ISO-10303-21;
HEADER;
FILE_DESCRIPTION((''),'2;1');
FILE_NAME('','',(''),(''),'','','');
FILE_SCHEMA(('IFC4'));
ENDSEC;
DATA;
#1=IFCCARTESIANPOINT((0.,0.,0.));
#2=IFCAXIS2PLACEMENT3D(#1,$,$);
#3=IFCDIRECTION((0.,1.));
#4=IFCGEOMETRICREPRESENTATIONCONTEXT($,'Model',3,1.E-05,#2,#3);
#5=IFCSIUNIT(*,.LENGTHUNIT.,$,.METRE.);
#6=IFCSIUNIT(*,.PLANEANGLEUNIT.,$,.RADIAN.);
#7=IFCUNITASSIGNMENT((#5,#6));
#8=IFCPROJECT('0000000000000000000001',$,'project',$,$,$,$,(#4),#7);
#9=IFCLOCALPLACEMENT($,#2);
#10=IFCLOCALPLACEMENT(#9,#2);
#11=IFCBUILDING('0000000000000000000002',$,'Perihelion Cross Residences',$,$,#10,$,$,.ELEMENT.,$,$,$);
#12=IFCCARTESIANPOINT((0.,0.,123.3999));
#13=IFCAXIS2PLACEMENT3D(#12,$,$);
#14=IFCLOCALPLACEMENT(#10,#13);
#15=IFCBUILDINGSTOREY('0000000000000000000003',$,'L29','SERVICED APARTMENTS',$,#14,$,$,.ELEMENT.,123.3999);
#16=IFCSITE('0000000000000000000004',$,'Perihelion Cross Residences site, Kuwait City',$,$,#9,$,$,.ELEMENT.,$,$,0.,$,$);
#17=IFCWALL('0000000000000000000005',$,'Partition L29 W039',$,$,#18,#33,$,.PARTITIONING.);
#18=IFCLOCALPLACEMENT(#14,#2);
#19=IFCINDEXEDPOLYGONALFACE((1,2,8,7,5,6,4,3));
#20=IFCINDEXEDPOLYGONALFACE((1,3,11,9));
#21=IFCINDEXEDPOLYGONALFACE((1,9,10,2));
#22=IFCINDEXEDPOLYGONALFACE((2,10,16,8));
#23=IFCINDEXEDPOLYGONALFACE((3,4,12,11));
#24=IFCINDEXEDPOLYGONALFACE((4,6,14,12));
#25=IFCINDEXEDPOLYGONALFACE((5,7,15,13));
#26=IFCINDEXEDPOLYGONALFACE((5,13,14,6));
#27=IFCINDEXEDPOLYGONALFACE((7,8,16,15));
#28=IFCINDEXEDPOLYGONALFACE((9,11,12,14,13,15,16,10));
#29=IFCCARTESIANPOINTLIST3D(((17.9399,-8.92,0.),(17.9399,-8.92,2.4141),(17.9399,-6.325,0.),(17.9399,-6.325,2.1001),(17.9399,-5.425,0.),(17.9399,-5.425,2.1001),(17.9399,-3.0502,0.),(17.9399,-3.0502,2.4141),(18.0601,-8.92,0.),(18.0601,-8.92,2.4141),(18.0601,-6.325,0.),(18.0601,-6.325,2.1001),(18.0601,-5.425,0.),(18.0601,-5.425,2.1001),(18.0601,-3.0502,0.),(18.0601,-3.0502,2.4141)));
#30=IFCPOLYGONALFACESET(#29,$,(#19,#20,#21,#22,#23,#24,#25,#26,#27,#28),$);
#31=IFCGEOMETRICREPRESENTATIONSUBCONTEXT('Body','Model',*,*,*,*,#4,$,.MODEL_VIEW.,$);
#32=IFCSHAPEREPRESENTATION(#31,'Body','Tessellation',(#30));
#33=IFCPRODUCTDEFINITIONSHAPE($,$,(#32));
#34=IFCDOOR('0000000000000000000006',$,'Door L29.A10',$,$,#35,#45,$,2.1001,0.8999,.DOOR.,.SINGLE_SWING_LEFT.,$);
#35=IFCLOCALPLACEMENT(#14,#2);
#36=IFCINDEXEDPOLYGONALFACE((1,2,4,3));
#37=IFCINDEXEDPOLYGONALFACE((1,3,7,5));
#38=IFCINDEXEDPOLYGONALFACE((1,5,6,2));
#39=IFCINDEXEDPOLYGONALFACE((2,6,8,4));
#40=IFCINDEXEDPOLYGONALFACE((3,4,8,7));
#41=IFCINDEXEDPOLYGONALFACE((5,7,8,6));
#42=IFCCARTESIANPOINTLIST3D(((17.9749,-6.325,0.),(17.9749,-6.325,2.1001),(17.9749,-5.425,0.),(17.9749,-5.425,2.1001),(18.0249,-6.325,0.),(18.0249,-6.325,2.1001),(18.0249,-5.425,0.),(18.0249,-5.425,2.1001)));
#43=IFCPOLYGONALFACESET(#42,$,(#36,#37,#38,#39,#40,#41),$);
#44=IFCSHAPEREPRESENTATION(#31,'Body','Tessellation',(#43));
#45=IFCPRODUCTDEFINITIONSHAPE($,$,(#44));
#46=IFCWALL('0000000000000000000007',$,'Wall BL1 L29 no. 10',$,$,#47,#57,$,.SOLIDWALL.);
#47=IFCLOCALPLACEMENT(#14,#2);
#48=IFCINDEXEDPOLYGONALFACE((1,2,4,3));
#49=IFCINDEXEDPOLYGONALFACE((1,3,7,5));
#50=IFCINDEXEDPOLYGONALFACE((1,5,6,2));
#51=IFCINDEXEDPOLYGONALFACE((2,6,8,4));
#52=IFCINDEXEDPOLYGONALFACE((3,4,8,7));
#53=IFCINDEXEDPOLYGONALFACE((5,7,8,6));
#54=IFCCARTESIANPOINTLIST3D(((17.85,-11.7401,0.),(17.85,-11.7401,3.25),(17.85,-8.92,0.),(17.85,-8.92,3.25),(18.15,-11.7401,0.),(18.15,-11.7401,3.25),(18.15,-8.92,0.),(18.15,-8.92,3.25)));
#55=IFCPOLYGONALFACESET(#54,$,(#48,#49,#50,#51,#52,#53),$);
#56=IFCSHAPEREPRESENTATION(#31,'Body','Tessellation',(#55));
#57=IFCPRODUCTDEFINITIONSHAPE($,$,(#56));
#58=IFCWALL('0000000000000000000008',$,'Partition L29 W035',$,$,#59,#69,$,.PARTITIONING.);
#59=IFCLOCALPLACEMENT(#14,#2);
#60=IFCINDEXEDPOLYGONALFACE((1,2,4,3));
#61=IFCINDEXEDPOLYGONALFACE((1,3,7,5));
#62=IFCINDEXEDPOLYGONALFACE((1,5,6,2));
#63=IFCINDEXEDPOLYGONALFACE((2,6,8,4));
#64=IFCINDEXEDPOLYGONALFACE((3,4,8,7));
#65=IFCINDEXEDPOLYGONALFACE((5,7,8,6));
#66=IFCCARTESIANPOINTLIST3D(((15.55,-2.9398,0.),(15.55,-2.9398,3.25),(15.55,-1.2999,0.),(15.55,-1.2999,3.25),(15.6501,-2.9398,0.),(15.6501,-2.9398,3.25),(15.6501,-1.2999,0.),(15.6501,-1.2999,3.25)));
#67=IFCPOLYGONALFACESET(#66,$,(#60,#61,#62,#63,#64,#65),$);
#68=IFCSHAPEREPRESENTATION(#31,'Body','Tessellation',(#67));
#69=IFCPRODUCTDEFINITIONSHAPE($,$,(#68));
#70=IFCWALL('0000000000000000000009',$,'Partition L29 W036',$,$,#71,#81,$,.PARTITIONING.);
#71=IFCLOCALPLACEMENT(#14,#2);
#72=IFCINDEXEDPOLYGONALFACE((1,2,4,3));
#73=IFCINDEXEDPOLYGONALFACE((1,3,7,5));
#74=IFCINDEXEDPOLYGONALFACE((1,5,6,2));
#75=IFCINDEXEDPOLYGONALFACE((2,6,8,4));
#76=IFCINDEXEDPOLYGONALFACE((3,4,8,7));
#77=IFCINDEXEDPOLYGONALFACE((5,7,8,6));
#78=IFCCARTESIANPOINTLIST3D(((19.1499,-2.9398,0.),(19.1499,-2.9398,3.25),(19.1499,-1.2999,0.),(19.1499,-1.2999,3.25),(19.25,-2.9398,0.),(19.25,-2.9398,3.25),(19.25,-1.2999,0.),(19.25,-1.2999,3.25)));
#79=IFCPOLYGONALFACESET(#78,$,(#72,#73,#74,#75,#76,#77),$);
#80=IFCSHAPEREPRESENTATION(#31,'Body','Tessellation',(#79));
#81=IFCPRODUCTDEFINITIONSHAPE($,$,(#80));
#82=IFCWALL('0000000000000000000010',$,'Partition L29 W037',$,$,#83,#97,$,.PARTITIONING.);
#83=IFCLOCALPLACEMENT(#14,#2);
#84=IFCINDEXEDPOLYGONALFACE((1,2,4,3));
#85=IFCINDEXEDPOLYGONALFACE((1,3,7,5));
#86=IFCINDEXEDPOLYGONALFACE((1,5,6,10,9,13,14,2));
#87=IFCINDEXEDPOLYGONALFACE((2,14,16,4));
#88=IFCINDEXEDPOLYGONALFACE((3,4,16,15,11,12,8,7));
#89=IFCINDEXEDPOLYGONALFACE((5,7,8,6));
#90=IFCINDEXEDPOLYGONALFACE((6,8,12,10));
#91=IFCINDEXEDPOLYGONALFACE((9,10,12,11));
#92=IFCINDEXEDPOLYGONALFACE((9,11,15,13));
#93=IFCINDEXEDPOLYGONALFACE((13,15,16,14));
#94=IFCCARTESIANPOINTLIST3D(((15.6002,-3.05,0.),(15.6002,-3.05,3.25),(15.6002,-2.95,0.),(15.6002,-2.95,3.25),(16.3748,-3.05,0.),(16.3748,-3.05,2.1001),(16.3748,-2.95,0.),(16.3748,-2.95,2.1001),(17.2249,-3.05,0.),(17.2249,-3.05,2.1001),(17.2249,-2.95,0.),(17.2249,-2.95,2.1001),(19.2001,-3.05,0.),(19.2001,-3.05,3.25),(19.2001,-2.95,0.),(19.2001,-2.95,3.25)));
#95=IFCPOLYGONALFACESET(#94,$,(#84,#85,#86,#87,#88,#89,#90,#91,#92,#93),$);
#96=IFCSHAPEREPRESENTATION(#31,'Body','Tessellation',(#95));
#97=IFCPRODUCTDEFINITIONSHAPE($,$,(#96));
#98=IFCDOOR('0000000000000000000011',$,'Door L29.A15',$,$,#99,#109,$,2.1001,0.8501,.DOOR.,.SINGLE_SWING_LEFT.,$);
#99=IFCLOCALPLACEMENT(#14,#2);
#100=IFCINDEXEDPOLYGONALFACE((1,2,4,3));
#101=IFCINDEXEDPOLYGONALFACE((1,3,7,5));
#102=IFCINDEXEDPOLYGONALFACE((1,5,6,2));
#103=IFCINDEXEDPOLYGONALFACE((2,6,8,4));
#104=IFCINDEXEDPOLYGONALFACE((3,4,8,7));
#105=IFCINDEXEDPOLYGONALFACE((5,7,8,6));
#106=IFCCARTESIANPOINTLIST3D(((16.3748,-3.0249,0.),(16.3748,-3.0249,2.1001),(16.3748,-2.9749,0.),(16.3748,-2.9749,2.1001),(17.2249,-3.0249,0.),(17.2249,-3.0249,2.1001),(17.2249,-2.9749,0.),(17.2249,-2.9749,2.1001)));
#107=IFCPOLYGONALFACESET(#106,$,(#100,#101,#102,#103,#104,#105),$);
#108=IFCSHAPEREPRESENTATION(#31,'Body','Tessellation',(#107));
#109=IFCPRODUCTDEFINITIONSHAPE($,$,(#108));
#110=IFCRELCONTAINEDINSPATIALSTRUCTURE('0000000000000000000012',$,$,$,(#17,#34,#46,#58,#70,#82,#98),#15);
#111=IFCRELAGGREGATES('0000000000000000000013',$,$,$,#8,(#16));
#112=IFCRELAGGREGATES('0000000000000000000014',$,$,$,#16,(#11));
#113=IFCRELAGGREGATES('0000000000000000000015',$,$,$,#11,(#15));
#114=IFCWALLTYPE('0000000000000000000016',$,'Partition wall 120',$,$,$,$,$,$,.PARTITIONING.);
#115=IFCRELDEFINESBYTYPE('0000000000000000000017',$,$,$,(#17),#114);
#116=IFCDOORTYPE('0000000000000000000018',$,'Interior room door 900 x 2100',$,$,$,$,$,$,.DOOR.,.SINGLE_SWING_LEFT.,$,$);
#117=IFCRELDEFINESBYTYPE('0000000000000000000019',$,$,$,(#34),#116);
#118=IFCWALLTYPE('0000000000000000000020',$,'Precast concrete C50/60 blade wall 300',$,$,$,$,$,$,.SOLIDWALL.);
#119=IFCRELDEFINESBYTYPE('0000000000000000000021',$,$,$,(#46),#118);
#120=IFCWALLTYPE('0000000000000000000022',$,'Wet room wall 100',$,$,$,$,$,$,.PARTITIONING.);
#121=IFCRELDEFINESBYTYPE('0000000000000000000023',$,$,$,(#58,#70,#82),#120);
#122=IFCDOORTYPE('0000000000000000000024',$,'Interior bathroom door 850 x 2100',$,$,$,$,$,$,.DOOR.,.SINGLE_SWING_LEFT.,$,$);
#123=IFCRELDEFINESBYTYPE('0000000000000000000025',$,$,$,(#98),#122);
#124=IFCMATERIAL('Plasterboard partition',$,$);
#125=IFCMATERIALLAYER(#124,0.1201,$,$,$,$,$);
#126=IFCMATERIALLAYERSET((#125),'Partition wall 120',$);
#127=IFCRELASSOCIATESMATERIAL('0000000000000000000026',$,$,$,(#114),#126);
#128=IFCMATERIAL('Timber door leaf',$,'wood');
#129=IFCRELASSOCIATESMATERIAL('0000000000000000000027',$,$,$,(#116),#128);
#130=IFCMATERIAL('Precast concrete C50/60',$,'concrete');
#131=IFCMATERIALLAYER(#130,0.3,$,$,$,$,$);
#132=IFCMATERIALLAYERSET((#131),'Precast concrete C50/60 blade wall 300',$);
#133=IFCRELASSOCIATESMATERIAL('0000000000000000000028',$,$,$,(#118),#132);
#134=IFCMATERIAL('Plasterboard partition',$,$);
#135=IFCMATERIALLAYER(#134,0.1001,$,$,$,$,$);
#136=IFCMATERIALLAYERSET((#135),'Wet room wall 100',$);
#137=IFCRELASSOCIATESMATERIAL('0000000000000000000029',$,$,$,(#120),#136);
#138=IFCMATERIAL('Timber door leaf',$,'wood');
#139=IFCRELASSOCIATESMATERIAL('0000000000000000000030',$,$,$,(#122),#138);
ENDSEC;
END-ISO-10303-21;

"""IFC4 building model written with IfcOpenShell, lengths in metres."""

from ifc_helpers import new_model, si_unit, direction, frame, frame_2d, origin, place, context, subcontext, project, spatial, rectangle, extrude, material, layer, layer_set, type_object, element, fill, save


model = new_model("IFC4")

# Units and contexts
model_context = context("Model", 3, precision=1e-05, world=origin(), true_north=direction((0.0, 1.0)))
body_context = subcontext(model_context, "Body", "Model", "MODEL_VIEW")
ifc_project = project(units=[si_unit("LENGTHUNIT", "METRE"), si_unit("PLANEANGLEUNIT", "RADIAN")], contexts=[model_context])

# Site, building, storey
site_placement = place(None, origin())
site = spatial("IfcSite", under=ifc_project, at=site_placement, Name="Perihelion Cross Residences site, Kuwait City", CompositionType="ELEMENT", RefElevation=0.0)
building_placement = place(site_placement, origin())
building = spatial("IfcBuilding", under=site, at=building_placement, Name="Perihelion Cross Residences", CompositionType="ELEMENT")
storey_placement = place(building_placement, frame((0.0, 0.0, 123.3999)))
storey = spatial("IfcBuildingStorey", under=building, at=storey_placement, Name="L29", Description="SERVICED APARTMENTS", CompositionType="ELEMENT", Elevation=123.3999)

# Wall, opening, door
ifc_material_1 = material(Name="Plasterboard partition")
ifc_layer_1 = layer(ifc_material_1, 0.1201)
ifc_layer_set_1 = layer_set([ifc_layer_1], Name="Partition wall 120")
wall_type_1 = type_object("IfcWallType", Name="Partition wall 120", PredefinedType="PARTITIONING", material=ifc_layer_set_1)
ifc_material_2 = material(Name="Timber door leaf", Category="wood")
door_type_1 = type_object("IfcDoorType", Name="Interior room door 900 x 2100", OperationType="SINGLE_SWING_LEFT", PredefinedType="DOOR", material=ifc_material_2)
wall_1_placement = place(storey_placement, frame((18.0, -3.05, 0.0), z_axis=(0.0, 0.0, 1.0), x_axis=(0.0, -1.0, 0.0)))
wall_1 = element("IfcWall", 1, at=wall_1_placement, inside=storey, type_object=wall_type_1, Name="Partition L29 W039", PredefinedType="PARTITIONING", context=body_context, shape_type="SweptSolid", body=[
    extrude(rectangle(XDim=5.8699, YDim=0.1201, at=frame_2d((2.9351, 0.0))), origin(), (0.0, 0.0, 1.0), 2.4141),
])
opening_1_placement = place(wall_1_placement, frame((2.375, 0.0, 0.0)))
opening_1 = element("IfcOpeningElement", 2, at=opening_1_placement, cuts=wall_1, PredefinedType="OPENING", context=body_context, shape_type="SweptSolid", body=[
    extrude(rectangle(XDim=0.8999, YDim=2.1001, at=frame_2d((0.45, 1.05))), frame((0.0, 0.0701, 0.0), z_axis=(0.0, -1.0, 0.0), x_axis=(1.0, 0.0, 0.0)), (0.0, 0.0, 1.0), 0.1401),
])
door_1_placement = place(opening_1_placement, origin())
door_1 = element("IfcDoor", 3, at=door_1_placement, inside=storey, type_object=door_type_1, Name="Door L29.A10", OperationType="SINGLE_SWING_LEFT", OverallHeight=2.1001, OverallWidth=0.8999, PredefinedType="DOOR", context=body_context, shape_type="SweptSolid", body=[
    extrude(rectangle(XDim=0.8999, YDim=2.1001, at=frame_2d((0.45, 1.05))), frame((0.0, 0.0249, 0.0), z_axis=(0.0, -1.0, 0.0), x_axis=(1.0, 0.0, 0.0)), (0.0, 0.0, 1.0), 0.05),
])
fill(opening_1, door_1)

# Walls
ifc_material_3 = material(Name="Precast concrete C50/60", Category="concrete")
ifc_layer_2 = layer(ifc_material_3, 0.3)
ifc_layer_set_2 = layer_set([ifc_layer_2], Name="Precast concrete C50/60 blade wall 300")
wall_type_2 = type_object("IfcWallType", Name="Precast concrete C50/60 blade wall 300", PredefinedType="SOLIDWALL", material=ifc_layer_set_2)
wall_2_placement = place(storey_placement, frame((18.0, -8.9199, 0.0), z_axis=(0.0, 0.0, 1.0), x_axis=(0.0, -1.0, 0.0)))
element("IfcWall", 4, at=wall_2_placement, inside=storey, type_object=wall_type_2, Name="Wall BL1 L29 no. 10", PredefinedType="SOLIDWALL", context=body_context, shape_type="SweptSolid", body=[
    extrude(rectangle(XDim=2.8201, YDim=0.3, at=frame_2d((1.4102, 0.0))), origin(), (0.0, 0.0, 1.0), 3.25),
])
ifc_material_4 = material(Name="Plasterboard partition")
ifc_layer_3 = layer(ifc_material_4, 0.1001)
ifc_layer_set_3 = layer_set([ifc_layer_3], Name="Wet room wall 100")
wall_type_3 = type_object("IfcWallType", Name="Wet room wall 100", PredefinedType="PARTITIONING", material=ifc_layer_set_3)
for number, where, z_axis, x_axis, name in (
    (5, (15.6001, -1.3, 0.0), (0.0, 0.0, 1.0), (0.0, -1.0, 0.0), "Partition L29 W035"),
    (6, (19.2, -1.3, 0.0), (0.0, 0.0, 1.0), (0.0, -1.0, 0.0), "Partition L29 W036"),
):
    element("IfcWall", number, at=place(storey_placement, frame(where, z_axis=z_axis, x_axis=x_axis)), inside=storey, type_object=wall_type_3, Name=name, PredefinedType="PARTITIONING", context=body_context, shape_type="SweptSolid", body=[
        extrude(rectangle(XDim=1.6399, YDim=0.1001, at=frame_2d((0.8198, 0.0))), origin(), (0.0, 0.0, 1.0), 3.25),
    ])

# Wall, opening, door
wall_3_placement = place(storey_placement, frame((19.2, -3.0, 0.0), z_axis=(0.0, 0.0, 1.0), x_axis=(-1.0, 0.0, 0.0)))
wall_3 = element("IfcWall", 7, at=wall_3_placement, inside=storey, type_object=wall_type_3, Name="Partition L29 W037", PredefinedType="PARTITIONING", context=body_context, shape_type="SweptSolid", body=[
    extrude(rectangle(XDim=3.5999, YDim=0.1001, at=frame_2d((1.7998, 0.0))), origin(), (0.0, 0.0, 1.0), 3.25),
])
opening_2_placement = place(wall_3_placement, frame((1.9751, 0.0, 0.0)))
opening_2 = element("IfcOpeningElement", 8, at=opening_2_placement, cuts=wall_3, PredefinedType="OPENING", context=body_context, shape_type="SweptSolid", body=[
    extrude(rectangle(XDim=0.8501, YDim=2.1001, at=frame_2d((0.425, 1.05))), frame((0.0, 0.0601, 0.0), z_axis=(0.0, -1.0, 0.0), x_axis=(1.0, 0.0, 0.0)), (0.0, 0.0, 1.0), 0.1201),
])
ifc_material_5 = material(Name="Timber door leaf", Category="wood")
door_type_2 = type_object("IfcDoorType", Name="Interior bathroom door 850 x 2100", OperationType="SINGLE_SWING_LEFT", PredefinedType="DOOR", material=ifc_material_5)
door_2_placement = place(opening_2_placement, origin())
door_2 = element("IfcDoor", 9, at=door_2_placement, inside=storey, type_object=door_type_2, Name="Door L29.A15", OperationType="SINGLE_SWING_LEFT", OverallHeight=2.1001, OverallWidth=0.8501, PredefinedType="DOOR", context=body_context, shape_type="SweptSolid", body=[
    extrude(rectangle(XDim=0.8501, YDim=2.1001, at=frame_2d((0.425, 1.05))), frame((0.0, 0.0249, 0.0), z_axis=(0.0, -1.0, 0.0), x_axis=(1.0, 0.0, 0.0)), (0.0, 0.0, 1.0), 0.05),
])
fill(opening_2, door_2)

save(model, "model.ifc")
